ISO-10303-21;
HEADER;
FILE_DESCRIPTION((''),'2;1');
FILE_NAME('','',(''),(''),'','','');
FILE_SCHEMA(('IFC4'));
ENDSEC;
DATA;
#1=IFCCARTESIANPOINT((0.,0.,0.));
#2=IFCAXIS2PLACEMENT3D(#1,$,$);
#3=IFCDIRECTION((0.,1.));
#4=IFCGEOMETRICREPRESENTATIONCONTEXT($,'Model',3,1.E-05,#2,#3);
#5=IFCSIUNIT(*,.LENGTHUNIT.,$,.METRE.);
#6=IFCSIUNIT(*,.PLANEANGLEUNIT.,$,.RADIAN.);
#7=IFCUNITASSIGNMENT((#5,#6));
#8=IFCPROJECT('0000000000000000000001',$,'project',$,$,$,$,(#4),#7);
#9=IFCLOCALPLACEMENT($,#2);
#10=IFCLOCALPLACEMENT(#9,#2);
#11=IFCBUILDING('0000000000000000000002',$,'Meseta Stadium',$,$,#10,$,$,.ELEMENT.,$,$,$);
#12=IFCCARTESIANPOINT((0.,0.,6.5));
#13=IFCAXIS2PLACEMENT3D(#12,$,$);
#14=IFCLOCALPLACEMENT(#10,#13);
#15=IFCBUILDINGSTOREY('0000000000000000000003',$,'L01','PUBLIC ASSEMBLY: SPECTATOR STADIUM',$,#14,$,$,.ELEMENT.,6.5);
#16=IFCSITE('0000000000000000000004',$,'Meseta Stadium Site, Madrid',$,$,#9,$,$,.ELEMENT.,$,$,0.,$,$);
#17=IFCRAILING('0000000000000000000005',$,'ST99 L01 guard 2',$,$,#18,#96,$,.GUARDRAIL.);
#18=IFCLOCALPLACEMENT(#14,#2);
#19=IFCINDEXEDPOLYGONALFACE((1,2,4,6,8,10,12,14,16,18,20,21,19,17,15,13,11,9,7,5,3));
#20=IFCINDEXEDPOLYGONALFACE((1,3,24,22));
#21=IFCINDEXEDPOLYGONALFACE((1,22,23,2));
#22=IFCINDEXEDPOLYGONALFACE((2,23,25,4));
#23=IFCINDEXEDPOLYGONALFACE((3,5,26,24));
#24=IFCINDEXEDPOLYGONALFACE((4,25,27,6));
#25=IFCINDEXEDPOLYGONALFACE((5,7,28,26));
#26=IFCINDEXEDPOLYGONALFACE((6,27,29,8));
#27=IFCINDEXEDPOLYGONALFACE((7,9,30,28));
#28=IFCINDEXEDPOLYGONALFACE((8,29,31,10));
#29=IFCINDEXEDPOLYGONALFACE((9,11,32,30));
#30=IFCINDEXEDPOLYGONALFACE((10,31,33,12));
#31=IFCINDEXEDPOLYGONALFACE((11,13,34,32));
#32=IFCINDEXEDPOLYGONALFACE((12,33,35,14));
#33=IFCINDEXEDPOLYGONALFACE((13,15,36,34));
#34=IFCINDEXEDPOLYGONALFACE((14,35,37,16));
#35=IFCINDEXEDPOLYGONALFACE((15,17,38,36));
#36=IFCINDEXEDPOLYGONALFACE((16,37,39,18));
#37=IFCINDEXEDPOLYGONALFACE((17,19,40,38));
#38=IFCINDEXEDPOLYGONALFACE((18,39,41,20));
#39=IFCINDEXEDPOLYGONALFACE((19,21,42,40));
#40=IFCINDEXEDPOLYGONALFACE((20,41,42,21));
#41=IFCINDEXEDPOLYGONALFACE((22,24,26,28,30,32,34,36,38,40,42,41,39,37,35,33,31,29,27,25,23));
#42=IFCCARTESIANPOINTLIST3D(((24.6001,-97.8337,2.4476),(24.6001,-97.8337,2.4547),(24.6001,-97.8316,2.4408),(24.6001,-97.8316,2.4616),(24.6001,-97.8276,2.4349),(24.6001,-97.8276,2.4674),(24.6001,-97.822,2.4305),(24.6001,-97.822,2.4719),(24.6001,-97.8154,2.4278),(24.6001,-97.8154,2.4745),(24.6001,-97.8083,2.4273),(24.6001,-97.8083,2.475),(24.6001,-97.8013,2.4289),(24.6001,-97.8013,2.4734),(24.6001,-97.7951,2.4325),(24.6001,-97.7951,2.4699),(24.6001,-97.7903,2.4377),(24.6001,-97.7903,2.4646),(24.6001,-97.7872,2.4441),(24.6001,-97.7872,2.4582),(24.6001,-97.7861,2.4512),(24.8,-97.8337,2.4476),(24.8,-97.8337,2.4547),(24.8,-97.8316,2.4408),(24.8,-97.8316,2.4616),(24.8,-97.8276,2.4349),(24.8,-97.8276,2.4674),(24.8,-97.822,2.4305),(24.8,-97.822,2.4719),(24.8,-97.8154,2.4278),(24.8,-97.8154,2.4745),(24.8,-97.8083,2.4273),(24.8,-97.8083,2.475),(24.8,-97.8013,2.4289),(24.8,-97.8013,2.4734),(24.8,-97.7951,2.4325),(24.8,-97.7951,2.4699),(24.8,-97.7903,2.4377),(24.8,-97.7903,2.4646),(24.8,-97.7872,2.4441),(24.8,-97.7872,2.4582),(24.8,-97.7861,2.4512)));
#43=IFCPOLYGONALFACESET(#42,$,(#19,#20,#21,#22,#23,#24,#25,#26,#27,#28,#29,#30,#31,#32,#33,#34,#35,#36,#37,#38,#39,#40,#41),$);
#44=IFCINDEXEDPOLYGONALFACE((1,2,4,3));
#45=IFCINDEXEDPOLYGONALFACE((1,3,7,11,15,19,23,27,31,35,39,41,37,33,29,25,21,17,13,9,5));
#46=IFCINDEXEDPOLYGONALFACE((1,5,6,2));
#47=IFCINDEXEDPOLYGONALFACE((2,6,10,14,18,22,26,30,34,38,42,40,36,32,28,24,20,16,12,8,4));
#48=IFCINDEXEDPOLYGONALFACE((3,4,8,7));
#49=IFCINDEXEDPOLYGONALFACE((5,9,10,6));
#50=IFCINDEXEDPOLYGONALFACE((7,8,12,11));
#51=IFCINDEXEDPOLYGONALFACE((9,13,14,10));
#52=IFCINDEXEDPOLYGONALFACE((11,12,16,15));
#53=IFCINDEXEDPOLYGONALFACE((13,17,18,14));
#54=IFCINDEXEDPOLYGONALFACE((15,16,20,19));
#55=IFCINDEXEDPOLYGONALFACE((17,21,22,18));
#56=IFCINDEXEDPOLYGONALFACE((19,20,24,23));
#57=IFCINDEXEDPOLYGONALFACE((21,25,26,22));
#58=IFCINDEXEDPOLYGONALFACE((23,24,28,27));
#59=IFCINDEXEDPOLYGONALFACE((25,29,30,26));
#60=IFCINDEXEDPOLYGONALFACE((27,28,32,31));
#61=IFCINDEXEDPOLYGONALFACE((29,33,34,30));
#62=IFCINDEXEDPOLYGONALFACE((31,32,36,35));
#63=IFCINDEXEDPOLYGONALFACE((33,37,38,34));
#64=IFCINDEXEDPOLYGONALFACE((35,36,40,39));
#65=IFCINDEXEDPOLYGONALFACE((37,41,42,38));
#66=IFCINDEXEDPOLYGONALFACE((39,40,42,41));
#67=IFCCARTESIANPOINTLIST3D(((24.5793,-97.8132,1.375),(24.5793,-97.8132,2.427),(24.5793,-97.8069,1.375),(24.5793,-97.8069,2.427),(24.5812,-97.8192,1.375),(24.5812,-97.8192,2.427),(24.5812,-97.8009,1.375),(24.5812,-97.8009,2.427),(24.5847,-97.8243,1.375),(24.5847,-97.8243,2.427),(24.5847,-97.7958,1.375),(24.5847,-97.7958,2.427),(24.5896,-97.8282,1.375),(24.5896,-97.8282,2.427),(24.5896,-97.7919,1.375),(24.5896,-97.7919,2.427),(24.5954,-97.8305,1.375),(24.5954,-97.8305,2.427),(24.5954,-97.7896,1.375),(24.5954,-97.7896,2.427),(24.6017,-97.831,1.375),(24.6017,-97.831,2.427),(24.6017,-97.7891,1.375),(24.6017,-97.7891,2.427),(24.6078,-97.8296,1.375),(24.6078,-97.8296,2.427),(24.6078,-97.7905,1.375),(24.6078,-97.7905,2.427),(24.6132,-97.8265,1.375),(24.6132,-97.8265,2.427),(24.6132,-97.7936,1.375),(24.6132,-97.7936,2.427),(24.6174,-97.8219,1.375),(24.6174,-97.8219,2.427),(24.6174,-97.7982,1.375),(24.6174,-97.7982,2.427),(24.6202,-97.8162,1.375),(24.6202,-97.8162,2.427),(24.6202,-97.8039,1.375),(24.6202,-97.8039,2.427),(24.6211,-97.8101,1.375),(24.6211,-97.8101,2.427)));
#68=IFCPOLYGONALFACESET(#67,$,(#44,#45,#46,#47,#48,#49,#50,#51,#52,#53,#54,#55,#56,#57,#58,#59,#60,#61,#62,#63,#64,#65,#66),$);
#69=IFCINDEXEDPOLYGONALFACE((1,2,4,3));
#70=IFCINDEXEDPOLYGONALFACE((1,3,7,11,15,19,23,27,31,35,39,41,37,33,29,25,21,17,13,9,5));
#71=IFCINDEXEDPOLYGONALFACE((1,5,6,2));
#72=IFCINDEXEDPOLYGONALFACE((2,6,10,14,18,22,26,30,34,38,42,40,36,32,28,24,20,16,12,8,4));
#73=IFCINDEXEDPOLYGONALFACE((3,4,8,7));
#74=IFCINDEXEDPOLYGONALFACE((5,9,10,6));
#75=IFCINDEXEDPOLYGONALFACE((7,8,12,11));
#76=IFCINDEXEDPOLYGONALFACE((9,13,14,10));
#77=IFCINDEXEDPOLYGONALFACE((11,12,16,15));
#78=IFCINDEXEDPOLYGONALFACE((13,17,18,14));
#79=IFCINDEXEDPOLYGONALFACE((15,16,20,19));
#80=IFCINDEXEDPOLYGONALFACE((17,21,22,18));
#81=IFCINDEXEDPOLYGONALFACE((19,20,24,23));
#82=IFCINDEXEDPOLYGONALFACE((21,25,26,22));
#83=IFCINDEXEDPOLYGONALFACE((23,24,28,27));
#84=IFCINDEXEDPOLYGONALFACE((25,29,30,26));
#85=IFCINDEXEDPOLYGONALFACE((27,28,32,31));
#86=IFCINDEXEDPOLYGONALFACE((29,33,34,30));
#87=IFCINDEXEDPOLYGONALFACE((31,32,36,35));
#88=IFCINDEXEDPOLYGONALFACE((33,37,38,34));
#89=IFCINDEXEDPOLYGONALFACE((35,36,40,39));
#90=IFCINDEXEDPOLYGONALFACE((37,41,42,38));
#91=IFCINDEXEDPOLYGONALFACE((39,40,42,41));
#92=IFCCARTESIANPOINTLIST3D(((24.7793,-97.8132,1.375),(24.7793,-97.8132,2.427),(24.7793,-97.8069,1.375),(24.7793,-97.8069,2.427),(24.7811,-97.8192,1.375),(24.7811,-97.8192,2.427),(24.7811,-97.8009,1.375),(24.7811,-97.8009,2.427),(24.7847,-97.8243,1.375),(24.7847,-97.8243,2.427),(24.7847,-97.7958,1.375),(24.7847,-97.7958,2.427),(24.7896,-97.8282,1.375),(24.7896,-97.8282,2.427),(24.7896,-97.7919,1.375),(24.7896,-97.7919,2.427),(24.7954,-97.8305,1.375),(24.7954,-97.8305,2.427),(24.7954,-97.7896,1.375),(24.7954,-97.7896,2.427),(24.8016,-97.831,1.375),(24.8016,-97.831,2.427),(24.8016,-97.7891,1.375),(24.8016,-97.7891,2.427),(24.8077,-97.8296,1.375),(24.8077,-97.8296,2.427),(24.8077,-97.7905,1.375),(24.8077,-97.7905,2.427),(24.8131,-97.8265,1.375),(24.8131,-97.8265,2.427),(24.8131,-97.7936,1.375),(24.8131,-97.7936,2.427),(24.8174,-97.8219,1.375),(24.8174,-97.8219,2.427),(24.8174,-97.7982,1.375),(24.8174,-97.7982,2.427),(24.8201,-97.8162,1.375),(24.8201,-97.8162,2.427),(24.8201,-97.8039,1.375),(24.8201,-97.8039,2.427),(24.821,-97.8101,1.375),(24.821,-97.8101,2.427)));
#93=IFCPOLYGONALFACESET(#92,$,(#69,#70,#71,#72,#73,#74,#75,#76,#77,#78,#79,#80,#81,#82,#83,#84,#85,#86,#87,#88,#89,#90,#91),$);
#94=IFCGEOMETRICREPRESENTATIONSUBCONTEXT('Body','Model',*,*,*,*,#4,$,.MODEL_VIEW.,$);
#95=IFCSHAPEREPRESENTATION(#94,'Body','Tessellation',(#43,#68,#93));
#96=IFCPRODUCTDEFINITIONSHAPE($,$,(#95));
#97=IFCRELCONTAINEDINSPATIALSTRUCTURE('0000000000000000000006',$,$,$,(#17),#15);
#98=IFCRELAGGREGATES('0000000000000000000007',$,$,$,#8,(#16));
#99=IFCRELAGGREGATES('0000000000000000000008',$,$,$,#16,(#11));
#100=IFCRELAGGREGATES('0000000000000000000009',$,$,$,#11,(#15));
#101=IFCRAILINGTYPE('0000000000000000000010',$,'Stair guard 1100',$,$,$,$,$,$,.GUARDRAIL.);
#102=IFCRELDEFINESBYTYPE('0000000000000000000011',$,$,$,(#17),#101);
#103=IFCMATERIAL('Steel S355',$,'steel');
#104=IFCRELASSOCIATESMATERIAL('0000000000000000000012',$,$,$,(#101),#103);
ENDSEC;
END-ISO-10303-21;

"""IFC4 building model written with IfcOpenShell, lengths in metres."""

from ifc_helpers import new_model, si_unit, direction, frame, origin, origin_2d, place, context, subcontext, project, spatial, circle, extrude, material, type_object, element, save


model = new_model("IFC4")

# Units and contexts
model_context = context("Model", 3, precision=1e-05, world=origin(), true_north=direction((0.0, 1.0)))
body_context = subcontext(model_context, "Body", "Model", "MODEL_VIEW")
ifc_project = project(units=[si_unit("LENGTHUNIT", "METRE"), si_unit("PLANEANGLEUNIT", "RADIAN")], contexts=[model_context])

# Site, building, storey
site_placement = place(None, origin())
site = spatial("IfcSite", under=ifc_project, at=site_placement, Name="Meseta Stadium Site, Madrid", CompositionType="ELEMENT", RefElevation=0.0)
building_placement = place(site_placement, origin())
building = spatial("IfcBuilding", under=site, at=building_placement, Name="Meseta Stadium", CompositionType="ELEMENT")
storey_placement = place(building_placement, frame((0.0, 0.0, 6.5)))
storey = spatial("IfcBuildingStorey", under=building, at=storey_placement, Name="L01", Description="PUBLIC ASSEMBLY: SPECTATOR STADIUM", CompositionType="ELEMENT", Elevation=6.5)

# Railing
ifc_material_1 = material(Name="Steel S355", Category="steel")
railing_type_1 = type_object("IfcRailingType", Name="Stair guard 1100", PredefinedType="GUARDRAIL", material=ifc_material_1)
railing_1_placement = place(storey_placement, frame((24.6001, -97.8101, 1.375)))
element("IfcRailing", 1, at=railing_1_placement, inside=storey, type_object=railing_type_1, Name="ST99 L01 guard 2", PredefinedType="GUARDRAIL", context=body_context, shape_type="SweptSolid", body=[
    extrude(circle(Radius=0.0239, at=origin_2d()), frame((0.0, 0.0, 1.0762), z_axis=(1.0, 0.0, 0.0), x_axis=(0.0, 1.0, 0.0)), (0.0, 0.0, 1.0), 0.2),
    extrude(circle(Radius=0.021, at=origin_2d()), origin(), (0.0, 0.0, 1.0), 1.052),
    extrude(circle(Radius=0.021, at=origin_2d()), frame((0.2, 0.0, 0.0)), (0.0, 0.0, 1.0), 1.052),
])

save(model, "model.ifc")
